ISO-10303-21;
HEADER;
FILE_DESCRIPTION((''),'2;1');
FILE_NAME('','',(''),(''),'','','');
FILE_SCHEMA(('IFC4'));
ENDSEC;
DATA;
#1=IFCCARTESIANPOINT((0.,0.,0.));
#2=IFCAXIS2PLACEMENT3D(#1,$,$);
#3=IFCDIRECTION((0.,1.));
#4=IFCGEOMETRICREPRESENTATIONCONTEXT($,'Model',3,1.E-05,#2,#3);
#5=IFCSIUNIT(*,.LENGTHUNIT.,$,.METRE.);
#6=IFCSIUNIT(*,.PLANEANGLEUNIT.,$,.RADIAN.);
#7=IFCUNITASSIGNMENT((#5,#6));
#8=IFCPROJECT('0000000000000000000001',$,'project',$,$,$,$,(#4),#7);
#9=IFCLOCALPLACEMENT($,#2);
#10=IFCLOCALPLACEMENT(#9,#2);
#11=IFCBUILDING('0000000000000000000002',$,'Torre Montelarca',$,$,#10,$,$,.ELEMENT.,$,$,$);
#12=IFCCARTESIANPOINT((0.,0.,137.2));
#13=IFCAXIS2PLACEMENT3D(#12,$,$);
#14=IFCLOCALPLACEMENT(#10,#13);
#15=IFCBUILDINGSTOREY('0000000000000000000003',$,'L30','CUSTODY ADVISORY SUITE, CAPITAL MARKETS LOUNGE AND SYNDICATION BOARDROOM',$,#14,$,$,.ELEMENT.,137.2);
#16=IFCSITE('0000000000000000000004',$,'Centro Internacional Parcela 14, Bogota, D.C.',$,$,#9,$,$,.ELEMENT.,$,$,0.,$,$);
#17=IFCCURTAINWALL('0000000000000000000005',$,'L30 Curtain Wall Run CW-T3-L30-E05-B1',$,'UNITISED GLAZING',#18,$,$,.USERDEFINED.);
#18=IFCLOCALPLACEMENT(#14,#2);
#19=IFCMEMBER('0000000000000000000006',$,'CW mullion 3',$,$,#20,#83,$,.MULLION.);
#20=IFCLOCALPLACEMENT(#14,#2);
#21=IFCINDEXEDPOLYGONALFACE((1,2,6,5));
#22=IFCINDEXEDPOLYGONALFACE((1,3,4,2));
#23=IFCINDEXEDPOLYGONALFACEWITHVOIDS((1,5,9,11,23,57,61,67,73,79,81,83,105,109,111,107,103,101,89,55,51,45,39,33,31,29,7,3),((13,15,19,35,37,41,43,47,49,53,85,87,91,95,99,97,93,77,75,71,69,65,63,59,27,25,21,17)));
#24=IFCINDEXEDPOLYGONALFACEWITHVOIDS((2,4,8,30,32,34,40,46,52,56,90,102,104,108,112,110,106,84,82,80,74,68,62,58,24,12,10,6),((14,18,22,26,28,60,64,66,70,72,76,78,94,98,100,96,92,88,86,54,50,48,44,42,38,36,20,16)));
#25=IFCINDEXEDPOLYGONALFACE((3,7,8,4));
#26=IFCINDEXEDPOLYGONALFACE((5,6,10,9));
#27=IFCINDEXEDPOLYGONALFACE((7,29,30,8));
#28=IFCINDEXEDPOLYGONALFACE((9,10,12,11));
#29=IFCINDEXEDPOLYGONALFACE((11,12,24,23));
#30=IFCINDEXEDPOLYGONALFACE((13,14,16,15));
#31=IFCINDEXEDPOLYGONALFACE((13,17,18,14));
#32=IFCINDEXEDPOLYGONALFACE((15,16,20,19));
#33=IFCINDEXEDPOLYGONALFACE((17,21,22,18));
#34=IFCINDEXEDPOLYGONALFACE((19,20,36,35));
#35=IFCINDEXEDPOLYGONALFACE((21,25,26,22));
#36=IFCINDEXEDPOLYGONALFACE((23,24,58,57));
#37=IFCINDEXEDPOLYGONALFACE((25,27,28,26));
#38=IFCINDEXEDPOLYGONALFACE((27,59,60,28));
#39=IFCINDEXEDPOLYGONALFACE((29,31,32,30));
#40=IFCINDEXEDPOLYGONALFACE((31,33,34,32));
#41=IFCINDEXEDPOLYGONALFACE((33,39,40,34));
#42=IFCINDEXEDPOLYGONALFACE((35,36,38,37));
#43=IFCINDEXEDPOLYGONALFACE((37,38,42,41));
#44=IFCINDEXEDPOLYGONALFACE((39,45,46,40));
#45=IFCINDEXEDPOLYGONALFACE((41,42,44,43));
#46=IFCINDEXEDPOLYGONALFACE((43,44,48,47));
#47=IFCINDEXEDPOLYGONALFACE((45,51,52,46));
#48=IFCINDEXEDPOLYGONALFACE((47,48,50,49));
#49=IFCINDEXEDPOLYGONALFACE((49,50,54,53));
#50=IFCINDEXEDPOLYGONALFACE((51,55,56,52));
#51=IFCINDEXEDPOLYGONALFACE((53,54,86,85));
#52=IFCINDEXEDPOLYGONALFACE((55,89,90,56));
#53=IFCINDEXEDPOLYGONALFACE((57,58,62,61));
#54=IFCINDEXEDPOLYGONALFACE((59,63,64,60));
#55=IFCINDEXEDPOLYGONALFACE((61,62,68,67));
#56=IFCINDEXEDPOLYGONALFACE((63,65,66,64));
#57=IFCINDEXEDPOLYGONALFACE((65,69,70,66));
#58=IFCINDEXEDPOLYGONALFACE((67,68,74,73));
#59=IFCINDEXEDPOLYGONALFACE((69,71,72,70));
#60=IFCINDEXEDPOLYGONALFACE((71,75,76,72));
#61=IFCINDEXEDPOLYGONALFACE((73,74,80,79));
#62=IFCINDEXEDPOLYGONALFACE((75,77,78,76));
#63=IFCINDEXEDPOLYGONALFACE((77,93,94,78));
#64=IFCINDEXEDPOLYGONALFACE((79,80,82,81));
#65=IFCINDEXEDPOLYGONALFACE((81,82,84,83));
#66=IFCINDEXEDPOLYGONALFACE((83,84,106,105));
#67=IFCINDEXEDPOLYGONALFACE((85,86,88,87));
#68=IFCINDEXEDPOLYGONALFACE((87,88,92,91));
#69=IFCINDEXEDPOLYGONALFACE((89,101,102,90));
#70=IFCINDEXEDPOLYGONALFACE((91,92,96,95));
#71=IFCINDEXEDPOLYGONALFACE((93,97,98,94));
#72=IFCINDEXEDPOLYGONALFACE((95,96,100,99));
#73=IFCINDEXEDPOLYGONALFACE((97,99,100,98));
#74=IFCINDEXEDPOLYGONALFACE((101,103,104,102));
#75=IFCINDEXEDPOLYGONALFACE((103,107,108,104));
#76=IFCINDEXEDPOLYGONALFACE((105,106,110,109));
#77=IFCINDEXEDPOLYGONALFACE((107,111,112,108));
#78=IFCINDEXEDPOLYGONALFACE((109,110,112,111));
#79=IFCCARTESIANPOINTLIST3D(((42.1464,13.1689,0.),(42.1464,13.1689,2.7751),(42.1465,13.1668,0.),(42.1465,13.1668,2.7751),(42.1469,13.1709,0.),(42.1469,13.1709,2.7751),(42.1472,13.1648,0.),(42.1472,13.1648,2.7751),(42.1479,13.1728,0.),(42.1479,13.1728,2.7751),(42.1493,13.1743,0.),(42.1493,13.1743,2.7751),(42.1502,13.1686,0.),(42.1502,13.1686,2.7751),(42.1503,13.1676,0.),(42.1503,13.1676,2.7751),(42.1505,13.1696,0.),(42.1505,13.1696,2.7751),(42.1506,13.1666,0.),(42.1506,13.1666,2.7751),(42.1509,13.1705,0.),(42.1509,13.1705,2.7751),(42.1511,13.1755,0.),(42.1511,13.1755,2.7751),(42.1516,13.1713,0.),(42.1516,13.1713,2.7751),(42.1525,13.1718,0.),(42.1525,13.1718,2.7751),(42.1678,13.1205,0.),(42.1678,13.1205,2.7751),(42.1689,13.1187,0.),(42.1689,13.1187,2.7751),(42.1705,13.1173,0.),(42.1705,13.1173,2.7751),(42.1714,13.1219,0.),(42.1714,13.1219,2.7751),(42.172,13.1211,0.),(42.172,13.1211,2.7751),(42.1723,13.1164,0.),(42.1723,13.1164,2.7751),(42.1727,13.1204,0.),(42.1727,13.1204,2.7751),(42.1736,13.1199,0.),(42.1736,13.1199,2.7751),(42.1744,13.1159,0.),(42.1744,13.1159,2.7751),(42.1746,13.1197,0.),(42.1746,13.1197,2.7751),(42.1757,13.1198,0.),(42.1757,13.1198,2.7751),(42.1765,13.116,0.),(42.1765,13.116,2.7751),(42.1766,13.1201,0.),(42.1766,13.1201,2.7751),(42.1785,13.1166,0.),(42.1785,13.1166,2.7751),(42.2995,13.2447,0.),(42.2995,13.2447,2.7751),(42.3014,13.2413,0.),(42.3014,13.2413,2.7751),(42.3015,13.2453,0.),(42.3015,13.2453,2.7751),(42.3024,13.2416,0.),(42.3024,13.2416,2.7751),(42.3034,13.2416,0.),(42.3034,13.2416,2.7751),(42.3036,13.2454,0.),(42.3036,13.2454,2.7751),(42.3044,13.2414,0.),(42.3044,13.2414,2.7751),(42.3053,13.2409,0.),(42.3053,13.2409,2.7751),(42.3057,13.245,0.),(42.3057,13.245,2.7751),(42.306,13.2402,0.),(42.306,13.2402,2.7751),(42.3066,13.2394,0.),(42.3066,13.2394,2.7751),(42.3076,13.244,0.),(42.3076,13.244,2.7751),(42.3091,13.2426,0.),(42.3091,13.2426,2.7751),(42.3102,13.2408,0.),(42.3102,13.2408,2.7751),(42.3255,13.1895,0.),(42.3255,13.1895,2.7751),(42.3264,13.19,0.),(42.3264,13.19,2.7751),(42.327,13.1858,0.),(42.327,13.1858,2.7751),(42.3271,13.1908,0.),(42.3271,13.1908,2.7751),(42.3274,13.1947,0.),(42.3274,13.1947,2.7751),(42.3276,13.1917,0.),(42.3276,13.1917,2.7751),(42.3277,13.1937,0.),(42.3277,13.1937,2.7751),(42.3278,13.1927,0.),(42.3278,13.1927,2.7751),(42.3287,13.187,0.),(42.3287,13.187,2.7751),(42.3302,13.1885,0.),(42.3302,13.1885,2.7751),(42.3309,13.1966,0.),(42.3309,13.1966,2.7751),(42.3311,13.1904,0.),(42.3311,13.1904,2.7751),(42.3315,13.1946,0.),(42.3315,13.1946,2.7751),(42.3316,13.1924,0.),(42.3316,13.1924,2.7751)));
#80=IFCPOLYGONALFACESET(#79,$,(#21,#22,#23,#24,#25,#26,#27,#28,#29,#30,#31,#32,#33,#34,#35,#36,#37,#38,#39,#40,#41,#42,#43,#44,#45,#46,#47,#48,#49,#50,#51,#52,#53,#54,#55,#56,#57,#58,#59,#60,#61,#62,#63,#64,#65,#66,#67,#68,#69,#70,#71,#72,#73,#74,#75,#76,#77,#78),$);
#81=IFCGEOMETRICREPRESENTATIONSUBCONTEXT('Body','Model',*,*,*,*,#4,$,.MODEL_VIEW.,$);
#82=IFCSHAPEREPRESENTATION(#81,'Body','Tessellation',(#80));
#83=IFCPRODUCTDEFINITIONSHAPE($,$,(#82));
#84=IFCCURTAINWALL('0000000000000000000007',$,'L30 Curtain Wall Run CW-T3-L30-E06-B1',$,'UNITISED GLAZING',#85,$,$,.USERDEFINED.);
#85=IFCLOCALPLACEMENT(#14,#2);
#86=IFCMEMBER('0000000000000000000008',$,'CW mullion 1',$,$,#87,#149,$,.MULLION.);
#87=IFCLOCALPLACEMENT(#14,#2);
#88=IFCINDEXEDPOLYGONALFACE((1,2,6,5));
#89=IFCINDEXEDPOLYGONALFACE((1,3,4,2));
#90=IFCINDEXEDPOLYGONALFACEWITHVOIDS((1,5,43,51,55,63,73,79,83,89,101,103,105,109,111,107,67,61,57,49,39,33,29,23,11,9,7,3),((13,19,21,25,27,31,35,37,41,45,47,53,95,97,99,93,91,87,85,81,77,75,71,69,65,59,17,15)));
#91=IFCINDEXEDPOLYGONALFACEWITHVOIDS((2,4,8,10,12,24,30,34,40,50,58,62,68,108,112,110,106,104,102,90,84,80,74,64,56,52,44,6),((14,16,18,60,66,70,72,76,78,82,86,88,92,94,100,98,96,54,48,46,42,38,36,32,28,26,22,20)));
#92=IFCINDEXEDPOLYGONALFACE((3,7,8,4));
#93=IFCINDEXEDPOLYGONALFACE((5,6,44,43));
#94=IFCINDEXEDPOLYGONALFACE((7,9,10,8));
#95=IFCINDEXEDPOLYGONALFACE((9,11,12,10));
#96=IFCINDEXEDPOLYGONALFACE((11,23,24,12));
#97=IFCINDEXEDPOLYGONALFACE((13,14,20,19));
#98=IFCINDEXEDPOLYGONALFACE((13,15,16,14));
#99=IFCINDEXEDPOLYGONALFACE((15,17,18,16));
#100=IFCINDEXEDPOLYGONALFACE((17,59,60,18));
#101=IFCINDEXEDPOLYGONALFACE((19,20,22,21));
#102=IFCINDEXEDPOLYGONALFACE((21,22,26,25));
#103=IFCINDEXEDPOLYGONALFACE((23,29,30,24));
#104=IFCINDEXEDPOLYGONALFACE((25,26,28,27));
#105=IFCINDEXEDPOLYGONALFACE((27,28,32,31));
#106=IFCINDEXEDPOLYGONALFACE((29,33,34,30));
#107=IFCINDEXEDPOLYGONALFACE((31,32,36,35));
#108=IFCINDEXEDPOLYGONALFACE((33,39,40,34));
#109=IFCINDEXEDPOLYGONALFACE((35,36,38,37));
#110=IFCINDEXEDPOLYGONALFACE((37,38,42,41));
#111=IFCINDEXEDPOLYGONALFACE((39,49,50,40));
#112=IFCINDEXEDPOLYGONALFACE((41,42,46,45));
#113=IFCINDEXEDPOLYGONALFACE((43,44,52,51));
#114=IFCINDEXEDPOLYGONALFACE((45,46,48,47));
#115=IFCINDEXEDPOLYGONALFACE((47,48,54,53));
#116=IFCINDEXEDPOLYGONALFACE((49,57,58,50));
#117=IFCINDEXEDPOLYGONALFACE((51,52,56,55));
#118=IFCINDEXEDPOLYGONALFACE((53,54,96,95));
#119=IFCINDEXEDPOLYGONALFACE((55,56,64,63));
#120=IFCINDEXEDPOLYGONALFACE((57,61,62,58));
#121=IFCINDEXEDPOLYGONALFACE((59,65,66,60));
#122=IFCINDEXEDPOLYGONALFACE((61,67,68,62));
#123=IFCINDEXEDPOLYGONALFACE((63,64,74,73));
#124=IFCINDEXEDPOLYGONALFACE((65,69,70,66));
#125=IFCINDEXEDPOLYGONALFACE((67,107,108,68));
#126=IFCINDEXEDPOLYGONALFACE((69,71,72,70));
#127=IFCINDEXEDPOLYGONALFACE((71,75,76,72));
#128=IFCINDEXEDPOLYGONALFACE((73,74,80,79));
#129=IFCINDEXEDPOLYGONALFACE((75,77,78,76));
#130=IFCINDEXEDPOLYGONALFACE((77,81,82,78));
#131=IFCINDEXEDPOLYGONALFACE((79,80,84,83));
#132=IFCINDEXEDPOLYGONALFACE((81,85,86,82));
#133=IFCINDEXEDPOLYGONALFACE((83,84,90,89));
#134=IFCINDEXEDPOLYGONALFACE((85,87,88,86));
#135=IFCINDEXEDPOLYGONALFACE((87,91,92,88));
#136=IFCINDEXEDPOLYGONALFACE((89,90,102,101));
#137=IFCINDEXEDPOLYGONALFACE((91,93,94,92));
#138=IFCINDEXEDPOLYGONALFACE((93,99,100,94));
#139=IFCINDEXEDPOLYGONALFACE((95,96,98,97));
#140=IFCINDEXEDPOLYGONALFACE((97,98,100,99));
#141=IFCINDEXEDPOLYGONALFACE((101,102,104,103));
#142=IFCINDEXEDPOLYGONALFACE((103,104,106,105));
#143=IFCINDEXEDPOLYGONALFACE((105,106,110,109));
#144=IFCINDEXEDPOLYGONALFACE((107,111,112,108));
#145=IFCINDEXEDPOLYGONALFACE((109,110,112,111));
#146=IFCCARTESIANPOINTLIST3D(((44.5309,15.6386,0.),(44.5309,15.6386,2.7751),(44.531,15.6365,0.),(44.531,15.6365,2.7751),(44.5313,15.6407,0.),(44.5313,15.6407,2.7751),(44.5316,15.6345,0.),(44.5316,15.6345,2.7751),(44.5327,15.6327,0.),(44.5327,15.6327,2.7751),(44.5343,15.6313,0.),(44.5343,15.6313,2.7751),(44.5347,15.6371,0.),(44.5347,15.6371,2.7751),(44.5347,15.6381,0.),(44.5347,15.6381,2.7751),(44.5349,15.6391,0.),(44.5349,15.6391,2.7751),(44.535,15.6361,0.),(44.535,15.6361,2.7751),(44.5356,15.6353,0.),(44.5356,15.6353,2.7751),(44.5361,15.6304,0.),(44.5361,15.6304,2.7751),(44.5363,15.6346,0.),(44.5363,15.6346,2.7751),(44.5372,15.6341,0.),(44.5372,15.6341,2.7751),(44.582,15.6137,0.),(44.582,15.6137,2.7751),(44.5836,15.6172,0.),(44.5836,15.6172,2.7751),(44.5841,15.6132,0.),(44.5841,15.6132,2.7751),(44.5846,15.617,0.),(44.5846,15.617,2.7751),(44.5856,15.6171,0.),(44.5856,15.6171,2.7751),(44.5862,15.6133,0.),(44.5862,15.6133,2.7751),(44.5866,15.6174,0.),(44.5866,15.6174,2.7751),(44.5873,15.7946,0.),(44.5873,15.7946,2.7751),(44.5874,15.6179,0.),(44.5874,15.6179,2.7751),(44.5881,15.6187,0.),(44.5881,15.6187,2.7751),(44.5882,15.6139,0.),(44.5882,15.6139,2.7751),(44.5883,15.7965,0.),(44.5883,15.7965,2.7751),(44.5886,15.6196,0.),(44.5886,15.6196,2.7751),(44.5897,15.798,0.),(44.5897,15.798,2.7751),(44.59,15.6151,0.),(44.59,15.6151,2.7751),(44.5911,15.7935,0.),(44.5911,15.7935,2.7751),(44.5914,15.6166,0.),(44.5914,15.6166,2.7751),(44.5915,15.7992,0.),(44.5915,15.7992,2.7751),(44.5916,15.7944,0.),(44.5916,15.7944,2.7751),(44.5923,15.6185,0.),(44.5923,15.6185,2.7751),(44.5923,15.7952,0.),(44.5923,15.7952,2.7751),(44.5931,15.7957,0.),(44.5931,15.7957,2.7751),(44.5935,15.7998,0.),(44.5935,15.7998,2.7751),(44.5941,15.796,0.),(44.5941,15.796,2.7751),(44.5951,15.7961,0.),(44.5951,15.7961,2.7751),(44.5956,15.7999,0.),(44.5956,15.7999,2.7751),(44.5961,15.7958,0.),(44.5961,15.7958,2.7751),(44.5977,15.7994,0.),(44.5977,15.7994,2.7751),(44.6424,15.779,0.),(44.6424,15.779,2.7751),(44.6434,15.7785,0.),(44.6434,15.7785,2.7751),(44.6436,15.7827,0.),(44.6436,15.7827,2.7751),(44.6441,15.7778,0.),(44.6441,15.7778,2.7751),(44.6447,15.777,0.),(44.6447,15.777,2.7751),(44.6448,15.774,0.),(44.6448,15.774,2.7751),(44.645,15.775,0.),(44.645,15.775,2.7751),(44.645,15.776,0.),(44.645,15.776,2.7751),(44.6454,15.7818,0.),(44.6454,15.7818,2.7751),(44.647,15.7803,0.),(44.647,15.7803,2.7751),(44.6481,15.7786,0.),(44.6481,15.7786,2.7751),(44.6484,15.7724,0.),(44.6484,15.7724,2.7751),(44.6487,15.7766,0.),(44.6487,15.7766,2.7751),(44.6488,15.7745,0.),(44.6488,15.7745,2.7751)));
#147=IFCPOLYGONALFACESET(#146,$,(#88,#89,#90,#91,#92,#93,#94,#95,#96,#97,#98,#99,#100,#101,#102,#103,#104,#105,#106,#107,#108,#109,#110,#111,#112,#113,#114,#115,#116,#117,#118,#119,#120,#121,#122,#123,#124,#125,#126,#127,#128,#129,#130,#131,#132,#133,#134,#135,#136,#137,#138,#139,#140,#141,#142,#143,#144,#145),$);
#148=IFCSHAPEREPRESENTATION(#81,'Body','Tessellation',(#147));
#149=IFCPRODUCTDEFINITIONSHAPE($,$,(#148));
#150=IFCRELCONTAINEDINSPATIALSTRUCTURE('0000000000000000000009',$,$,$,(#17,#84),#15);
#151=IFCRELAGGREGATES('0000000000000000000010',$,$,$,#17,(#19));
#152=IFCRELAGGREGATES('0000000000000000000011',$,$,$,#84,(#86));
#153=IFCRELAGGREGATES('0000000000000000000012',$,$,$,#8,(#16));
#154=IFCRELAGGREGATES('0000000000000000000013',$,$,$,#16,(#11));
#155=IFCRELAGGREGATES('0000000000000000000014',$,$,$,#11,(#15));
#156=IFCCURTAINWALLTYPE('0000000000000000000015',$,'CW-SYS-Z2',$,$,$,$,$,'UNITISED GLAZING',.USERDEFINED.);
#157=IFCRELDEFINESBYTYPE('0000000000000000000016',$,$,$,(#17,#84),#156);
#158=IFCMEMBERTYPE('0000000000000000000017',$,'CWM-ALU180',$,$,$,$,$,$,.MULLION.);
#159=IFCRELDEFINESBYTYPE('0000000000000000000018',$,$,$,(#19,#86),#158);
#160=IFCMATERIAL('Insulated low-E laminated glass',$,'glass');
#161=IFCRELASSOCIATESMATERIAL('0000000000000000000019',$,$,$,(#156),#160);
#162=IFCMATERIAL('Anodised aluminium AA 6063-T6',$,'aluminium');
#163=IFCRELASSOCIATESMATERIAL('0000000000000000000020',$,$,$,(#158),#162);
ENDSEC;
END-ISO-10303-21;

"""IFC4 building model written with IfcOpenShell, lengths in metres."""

from ifc_helpers import new_model, si_unit, direction, frame, origin, origin_2d, place, context, subcontext, project, spatial, hollow_rectangle, extrude, source, transform, mapped, material, material_profile, profile_set, type_object, element, aggregate, save


model = new_model("IFC4")

# Units and contexts
model_context = context("Model", 3, precision=1e-05, world=origin(), true_north=direction((0.0, 1.0)))
body_context = subcontext(model_context, "Body", "Model", "MODEL_VIEW")
ifc_project = project(units=[si_unit("LENGTHUNIT", "METRE"), si_unit("PLANEANGLEUNIT", "RADIAN")], contexts=[model_context])

# Site, building, storey
site_placement = place(None, origin())
site = spatial("IfcSite", under=ifc_project, at=site_placement, Name="Centro Internacional Parcela 14, Bogota, D.C.", CompositionType="ELEMENT", RefElevation=0.0)
building_placement = place(site_placement, origin())
building = spatial("IfcBuilding", under=site, at=building_placement, Name="Torre Montelarca", CompositionType="ELEMENT")
storey_placement = place(building_placement, frame((0.0, 0.0, 137.2)))
storey = spatial("IfcBuildingStorey", under=building, at=storey_placement, Name="L30", Description="CUSTODY ADVISORY SUITE, CAPITAL MARKETS LOUNGE AND SYNDICATION BOARDROOM", CompositionType="ELEMENT", Elevation=137.2)

# Curtain walls, members
ifc_material_1 = material(Name="Insulated low-E laminated glass", Category="glass")
curtain_wall_type = type_object("IfcCurtainWallType", Name="CW-SYS-Z2", ElementType="UNITISED GLAZING", PredefinedType="USERDEFINED", material=ifc_material_1)
curtain_wall_1_placement = place(storey_placement, origin())
curtain_wall_1 = element("IfcCurtainWall", 1, at=curtain_wall_1_placement, inside=storey, type_object=curtain_wall_type, Name="L30 Curtain Wall Run CW-T3-L30-E05-B1", ObjectType="UNITISED GLAZING", PredefinedType="USERDEFINED")
ifc_material_2 = material(Name="Anodised aluminium AA 6063-T6", Category="aluminium")
ifc_material_profile_1 = material_profile(ifc_material_2, hollow_rectangle(XDim=0.0649, YDim=0.1799, WallThickness=0.0039, InnerFilletRadius=0.0039, OuterFilletRadius=0.0081, at=origin_2d()), Name="ALU65X180X4", Category="aluminium")
ifc_profile_set_1 = profile_set([ifc_material_profile_1], Name="Anodised aluminium AA 6063-T6")
member_type_1 = type_object("IfcMemberType", Name="CWM-ALU180", PredefinedType="MULLION", material=ifc_profile_set_1)
shared_shape_1 = source(origin(), body_context, "Body", "SweptSolid", [
    extrude(hollow_rectangle(XDim=0.0649, YDim=0.1799, WallThickness=0.0039, InnerFilletRadius=0.0039, OuterFilletRadius=0.0081, at=origin_2d()), origin(), (0.0, 0.0, 1.0), 2.7751),
])
member_1_placement = place(storey_placement, frame((42.239, 13.1807, 0.0), z_axis=(0.0, 0.0, 1.0), x_axis=(-0.422593, 0.906319, 0.0)))
member_1 = element("IfcMember", 2, at=member_1_placement, type_object=member_type_1, Name="CW mullion 3", PredefinedType="MULLION", context=body_context, shape_type="MappedRepresentation", body=[
    mapped(shared_shape_1, transform((0.0, 0.0, 0.0), scale=1.0)),
])
curtain_wall_2_placement = place(storey_placement, origin())
curtain_wall_2 = element("IfcCurtainWall", 3, at=curtain_wall_2_placement, inside=storey, type_object=curtain_wall_type, Name="L30 Curtain Wall Run CW-T3-L30-E06-B1", ObjectType="UNITISED GLAZING", PredefinedType="USERDEFINED")
member_2_placement = place(storey_placement, frame((44.5898, 15.7065, 0.0), z_axis=(0.0, 0.0, 1.0), x_axis=(-0.939698, 0.342005, 0.0)))
member_2 = element("IfcMember", 4, at=member_2_placement, type_object=member_type_1, Name="CW mullion 1", PredefinedType="MULLION", context=body_context, shape_type="MappedRepresentation", body=[
    mapped(shared_shape_1, transform((0.0, 0.0, 0.0), scale=1.0)),
])

aggregate(curtain_wall_1, [member_1])
aggregate(curtain_wall_2, [member_2])

save(model, "model.ifc")
